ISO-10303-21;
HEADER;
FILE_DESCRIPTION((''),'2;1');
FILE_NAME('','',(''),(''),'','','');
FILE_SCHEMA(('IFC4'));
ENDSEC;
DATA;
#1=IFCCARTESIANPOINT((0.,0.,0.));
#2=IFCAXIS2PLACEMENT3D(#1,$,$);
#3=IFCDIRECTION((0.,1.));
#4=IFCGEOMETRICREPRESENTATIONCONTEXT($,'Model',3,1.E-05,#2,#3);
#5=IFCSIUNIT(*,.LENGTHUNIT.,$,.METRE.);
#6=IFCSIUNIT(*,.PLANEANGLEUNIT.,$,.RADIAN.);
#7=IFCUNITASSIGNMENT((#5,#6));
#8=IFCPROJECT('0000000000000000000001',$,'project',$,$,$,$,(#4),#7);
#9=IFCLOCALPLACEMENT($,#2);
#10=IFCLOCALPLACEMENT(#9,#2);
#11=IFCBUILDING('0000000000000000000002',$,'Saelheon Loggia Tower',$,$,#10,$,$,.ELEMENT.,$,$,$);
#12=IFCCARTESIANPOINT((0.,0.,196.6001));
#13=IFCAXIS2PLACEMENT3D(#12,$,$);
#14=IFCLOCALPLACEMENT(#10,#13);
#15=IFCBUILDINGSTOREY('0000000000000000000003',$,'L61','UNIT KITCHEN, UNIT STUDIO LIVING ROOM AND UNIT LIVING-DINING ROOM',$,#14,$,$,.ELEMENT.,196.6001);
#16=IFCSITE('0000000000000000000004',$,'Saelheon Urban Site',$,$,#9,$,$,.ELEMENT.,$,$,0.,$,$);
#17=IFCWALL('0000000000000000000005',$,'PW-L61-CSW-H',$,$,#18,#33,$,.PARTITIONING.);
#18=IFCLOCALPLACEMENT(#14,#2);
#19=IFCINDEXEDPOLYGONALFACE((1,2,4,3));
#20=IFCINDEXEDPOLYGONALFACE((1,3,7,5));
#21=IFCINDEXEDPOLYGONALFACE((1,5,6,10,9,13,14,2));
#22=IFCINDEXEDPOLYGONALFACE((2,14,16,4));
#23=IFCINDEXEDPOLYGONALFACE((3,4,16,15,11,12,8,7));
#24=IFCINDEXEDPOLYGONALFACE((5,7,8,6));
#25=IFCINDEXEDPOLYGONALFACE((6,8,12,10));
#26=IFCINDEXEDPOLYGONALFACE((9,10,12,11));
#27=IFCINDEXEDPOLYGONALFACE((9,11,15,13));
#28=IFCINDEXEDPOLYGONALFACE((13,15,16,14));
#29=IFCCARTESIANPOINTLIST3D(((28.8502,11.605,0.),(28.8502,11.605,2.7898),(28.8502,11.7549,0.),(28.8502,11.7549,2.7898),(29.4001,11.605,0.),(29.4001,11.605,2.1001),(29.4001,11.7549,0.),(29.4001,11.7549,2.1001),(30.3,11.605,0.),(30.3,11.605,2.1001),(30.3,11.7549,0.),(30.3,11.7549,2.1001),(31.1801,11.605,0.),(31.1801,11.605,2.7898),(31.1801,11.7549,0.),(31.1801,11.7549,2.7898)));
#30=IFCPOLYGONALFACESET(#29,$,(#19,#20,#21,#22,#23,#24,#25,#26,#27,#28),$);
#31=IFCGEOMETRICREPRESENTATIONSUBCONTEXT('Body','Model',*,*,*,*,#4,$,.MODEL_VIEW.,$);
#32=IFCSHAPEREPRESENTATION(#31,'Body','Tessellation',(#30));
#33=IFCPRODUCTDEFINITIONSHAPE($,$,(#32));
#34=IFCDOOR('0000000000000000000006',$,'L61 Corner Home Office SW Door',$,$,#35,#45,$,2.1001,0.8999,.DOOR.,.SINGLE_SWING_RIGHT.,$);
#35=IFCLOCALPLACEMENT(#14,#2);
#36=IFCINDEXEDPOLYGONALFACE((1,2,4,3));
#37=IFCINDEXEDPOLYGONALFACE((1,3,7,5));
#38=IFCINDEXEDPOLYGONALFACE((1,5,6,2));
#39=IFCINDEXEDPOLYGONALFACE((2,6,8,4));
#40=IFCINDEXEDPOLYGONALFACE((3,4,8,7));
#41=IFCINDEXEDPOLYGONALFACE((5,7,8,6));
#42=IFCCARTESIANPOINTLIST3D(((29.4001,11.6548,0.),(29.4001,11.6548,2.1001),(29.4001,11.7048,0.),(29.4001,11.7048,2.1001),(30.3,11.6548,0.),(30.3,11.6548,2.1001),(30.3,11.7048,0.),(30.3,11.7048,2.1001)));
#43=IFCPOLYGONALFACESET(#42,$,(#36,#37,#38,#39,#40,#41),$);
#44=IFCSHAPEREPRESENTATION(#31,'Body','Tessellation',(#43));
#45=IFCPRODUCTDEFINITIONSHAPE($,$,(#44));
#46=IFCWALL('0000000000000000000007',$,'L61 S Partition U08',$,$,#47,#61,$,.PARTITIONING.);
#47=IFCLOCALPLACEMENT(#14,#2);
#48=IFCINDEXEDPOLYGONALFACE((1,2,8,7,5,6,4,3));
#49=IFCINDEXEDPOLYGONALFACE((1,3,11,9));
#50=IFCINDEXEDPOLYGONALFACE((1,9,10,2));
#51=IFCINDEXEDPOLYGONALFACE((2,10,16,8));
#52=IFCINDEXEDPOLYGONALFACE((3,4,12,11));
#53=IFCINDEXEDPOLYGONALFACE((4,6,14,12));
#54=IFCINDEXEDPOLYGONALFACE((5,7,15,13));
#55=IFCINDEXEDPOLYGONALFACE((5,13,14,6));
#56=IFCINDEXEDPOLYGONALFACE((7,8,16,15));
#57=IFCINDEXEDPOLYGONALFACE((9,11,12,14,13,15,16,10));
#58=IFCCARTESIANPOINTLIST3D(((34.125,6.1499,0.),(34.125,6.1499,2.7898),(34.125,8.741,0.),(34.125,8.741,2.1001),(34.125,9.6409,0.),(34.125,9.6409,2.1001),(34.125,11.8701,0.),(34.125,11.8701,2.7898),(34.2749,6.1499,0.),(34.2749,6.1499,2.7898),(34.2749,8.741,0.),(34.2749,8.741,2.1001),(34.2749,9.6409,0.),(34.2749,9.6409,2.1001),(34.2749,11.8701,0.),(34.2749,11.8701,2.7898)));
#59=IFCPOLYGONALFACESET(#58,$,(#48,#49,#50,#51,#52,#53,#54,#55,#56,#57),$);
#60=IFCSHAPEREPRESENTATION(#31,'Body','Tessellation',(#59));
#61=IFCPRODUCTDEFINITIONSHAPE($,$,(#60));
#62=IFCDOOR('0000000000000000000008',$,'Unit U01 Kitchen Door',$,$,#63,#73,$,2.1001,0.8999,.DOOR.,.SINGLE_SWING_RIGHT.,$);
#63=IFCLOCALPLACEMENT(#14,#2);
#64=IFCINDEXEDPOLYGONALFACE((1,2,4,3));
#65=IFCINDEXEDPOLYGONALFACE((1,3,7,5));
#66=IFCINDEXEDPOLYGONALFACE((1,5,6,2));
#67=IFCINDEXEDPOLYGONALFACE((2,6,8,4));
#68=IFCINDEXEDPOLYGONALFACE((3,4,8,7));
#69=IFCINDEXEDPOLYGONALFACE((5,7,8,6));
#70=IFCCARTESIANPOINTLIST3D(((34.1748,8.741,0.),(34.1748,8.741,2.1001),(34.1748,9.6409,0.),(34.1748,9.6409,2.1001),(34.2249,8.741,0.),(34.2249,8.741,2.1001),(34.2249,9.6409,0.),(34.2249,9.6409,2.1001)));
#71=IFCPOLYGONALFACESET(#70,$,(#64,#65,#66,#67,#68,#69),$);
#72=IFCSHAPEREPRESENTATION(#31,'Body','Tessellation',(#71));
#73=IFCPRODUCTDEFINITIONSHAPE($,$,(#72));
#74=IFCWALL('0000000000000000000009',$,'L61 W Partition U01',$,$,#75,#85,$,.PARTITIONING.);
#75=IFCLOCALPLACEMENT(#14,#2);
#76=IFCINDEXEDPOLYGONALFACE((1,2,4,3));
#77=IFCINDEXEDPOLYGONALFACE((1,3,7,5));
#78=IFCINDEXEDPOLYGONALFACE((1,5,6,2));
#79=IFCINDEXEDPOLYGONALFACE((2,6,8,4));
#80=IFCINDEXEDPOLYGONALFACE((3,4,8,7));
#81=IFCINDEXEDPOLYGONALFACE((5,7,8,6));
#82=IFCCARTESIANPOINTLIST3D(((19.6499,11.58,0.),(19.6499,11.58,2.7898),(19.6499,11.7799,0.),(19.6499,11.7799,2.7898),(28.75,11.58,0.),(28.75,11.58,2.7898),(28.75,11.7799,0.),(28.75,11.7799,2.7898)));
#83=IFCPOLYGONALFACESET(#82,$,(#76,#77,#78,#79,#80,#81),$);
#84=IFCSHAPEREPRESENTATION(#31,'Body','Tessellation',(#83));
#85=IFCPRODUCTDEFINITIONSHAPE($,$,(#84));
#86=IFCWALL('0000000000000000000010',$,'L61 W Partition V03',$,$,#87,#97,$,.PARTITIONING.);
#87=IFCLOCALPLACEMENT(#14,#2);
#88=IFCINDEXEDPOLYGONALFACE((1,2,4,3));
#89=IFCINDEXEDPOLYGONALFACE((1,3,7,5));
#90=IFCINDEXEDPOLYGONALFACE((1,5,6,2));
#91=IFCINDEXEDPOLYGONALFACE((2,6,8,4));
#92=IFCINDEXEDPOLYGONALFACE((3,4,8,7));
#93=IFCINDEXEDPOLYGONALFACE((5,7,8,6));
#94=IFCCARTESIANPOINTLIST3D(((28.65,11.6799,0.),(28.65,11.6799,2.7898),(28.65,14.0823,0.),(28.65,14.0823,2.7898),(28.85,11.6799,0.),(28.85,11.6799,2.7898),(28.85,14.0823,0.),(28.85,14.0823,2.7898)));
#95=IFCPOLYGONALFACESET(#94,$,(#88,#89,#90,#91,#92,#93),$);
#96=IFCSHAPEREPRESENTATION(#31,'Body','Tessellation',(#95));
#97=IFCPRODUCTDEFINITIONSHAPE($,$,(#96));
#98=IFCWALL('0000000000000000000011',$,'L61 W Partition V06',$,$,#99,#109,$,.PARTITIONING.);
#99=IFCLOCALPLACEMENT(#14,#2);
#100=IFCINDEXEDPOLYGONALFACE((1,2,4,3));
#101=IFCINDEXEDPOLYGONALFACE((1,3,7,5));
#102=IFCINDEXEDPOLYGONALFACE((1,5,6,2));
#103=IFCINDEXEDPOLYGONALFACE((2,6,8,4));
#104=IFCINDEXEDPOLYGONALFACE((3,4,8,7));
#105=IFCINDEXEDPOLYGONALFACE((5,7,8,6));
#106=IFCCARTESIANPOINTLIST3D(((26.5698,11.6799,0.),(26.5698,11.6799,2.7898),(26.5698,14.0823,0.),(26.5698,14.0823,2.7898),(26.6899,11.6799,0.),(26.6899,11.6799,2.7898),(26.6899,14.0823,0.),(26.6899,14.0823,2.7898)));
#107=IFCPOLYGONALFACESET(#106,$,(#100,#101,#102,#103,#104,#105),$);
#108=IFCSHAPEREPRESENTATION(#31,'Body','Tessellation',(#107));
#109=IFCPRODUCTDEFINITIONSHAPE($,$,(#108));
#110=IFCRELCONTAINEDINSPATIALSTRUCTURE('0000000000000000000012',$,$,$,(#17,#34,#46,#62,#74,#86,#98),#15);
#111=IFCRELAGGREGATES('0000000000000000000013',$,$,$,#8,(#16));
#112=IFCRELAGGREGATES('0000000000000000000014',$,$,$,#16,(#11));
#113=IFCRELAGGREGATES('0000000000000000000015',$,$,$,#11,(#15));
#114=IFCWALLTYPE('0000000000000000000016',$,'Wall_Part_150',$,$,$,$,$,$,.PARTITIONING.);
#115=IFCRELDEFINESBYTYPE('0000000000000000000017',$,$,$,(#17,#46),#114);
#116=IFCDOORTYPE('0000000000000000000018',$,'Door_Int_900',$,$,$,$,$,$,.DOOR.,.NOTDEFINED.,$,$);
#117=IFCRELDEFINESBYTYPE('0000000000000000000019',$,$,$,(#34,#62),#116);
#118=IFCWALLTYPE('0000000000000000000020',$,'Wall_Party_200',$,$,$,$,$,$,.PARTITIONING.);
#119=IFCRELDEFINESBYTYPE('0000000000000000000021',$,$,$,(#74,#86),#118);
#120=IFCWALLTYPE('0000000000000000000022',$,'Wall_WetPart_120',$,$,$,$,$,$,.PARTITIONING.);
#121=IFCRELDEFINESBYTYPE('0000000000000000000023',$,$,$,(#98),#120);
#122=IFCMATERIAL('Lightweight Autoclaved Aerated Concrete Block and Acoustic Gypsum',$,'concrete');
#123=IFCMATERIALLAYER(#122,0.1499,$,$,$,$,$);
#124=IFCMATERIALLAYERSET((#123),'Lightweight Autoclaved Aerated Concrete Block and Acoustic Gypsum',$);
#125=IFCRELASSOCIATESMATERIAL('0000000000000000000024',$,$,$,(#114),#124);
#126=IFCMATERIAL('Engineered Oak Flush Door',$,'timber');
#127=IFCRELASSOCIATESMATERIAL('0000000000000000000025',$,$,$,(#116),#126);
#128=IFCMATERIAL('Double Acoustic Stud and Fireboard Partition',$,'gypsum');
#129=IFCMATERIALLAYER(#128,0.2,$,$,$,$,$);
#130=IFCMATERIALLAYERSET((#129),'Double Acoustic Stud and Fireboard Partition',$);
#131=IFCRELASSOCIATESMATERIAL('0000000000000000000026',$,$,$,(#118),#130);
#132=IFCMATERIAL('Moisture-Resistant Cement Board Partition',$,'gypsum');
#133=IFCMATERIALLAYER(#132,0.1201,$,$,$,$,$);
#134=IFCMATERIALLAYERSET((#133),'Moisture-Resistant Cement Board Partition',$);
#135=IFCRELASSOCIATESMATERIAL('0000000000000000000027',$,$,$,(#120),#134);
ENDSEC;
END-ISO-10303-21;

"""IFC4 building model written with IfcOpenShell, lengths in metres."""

from ifc_helpers import new_model, si_unit, direction, frame, frame_2d, origin, place, context, subcontext, project, spatial, rectangle, extrude, source, transform, mapped, material, layer, layer_set, type_object, element, fill, save


model = new_model("IFC4")

# Units and contexts
model_context = context("Model", 3, precision=1e-05, world=origin(), true_north=direction((0.0, 1.0)))
body_context = subcontext(model_context, "Body", "Model", "MODEL_VIEW")
ifc_project = project(units=[si_unit("LENGTHUNIT", "METRE"), si_unit("PLANEANGLEUNIT", "RADIAN")], contexts=[model_context])

# Site, building, storey
site_placement = place(None, origin())
site = spatial("IfcSite", under=ifc_project, at=site_placement, Name="Saelheon Urban Site", CompositionType="ELEMENT", RefElevation=0.0)
building_placement = place(site_placement, origin())
building = spatial("IfcBuilding", under=site, at=building_placement, Name="Saelheon Loggia Tower", CompositionType="ELEMENT")
storey_placement = place(building_placement, frame((0.0, 0.0, 196.6001)))
storey = spatial("IfcBuildingStorey", under=building, at=storey_placement, Name="L61", Description="UNIT KITCHEN, UNIT STUDIO LIVING ROOM AND UNIT LIVING-DINING ROOM", CompositionType="ELEMENT", Elevation=196.6001)

# Walls, openings, doors
ifc_material_1 = material(Name="Lightweight Autoclaved Aerated Concrete Block and Acoustic Gypsum", Category="concrete")
ifc_layer_1 = layer(ifc_material_1, 0.1499)
ifc_layer_set_1 = layer_set([ifc_layer_1], Name="Lightweight Autoclaved Aerated Concrete Block and Acoustic Gypsum")
wall_type_1 = type_object("IfcWallType", Name="Wall_Part_150", PredefinedType="PARTITIONING", material=ifc_layer_set_1)
wall_1_placement = place(storey_placement, frame((28.8501, 11.6799, 0.0), z_axis=(0.0, 0.0, 1.0), x_axis=(1.0, 0.0, 0.0)))
wall_1 = element("IfcWall", 1, at=wall_1_placement, inside=storey, type_object=wall_type_1, Name="PW-L61-CSW-H", PredefinedType="PARTITIONING", context=body_context, shape_type="SweptSolid", body=[
    extrude(rectangle(XDim=2.3298, YDim=0.1499, at=frame_2d((1.165, 0.0))), origin(), (0.0, 0.0, 1.0), 2.7898),
])
opening_1_placement = place(wall_1_placement, frame((0.55, 0.0, 0.0)))
opening_1 = element("IfcOpeningElement", 2, at=opening_1_placement, cuts=wall_1, PredefinedType="OPENING", context=body_context, shape_type="SweptSolid", body=[
    extrude(rectangle(XDim=0.8999, YDim=2.1001, at=frame_2d((0.45, 1.05))), frame((0.0, 0.0869, 0.0), z_axis=(0.0, -1.0, 0.0), x_axis=(1.0, 0.0, 0.0)), (0.0, 0.0, 1.0), 0.1738),
])
ifc_material_2 = material(Name="Engineered Oak Flush Door", Category="timber")
door_type = type_object("IfcDoorType", Name="Door_Int_900", OperationType="NOTDEFINED", PredefinedType="DOOR", material=ifc_material_2)
shared_shape_1 = source(origin(), body_context, "Body", "SweptSolid", [
    extrude(rectangle(XDim=0.8999, YDim=2.1001, at=frame_2d((0.45, 1.05))), frame((0.0, 0.0249, 0.0), z_axis=(0.0, -1.0, 0.0), x_axis=(1.0, 0.0, 0.0)), (0.0, 0.0, 1.0), 0.05),
])
door_1_placement = place(opening_1_placement, origin())
door_1 = element("IfcDoor", 3, at=door_1_placement, inside=storey, type_object=door_type, Name="L61 Corner Home Office SW Door", OperationType="SINGLE_SWING_RIGHT", OverallHeight=2.1001, OverallWidth=0.8999, PredefinedType="DOOR", context=body_context, shape_type="MappedRepresentation", body=[
    mapped(shared_shape_1, transform((0.0, 0.0, 0.0), scale=1.0)),
])
fill(opening_1, door_1)
wall_2_placement = place(storey_placement, frame((34.2, 11.8701, 0.0), z_axis=(0.0, 0.0, 1.0), x_axis=(0.0, -1.0, 0.0)))
wall_2 = element("IfcWall", 4, at=wall_2_placement, inside=storey, type_object=wall_type_1, Name="L61 S Partition U08", PredefinedType="PARTITIONING", context=body_context, shape_type="SweptSolid", body=[
    extrude(rectangle(XDim=5.7202, YDim=0.1499, at=frame_2d((2.8601, 0.0))), origin(), (0.0, 0.0, 1.0), 2.7898),
])
opening_2_placement = place(wall_2_placement, frame((2.2292, 0.0, 0.0)))
opening_2 = element("IfcOpeningElement", 5, at=opening_2_placement, cuts=wall_2, PredefinedType="OPENING", context=body_context, shape_type="SweptSolid", body=[
    extrude(rectangle(XDim=0.8999, YDim=2.1001, at=frame_2d((0.45, 1.05))), frame((0.0, 0.0869, 0.0), z_axis=(0.0, -1.0, 0.0), x_axis=(1.0, 0.0, 0.0)), (0.0, 0.0, 1.0), 0.1738),
])
door_2_placement = place(opening_2_placement, origin())
door_2 = element("IfcDoor", 6, at=door_2_placement, inside=storey, type_object=door_type, Name="Unit U01 Kitchen Door", OperationType="SINGLE_SWING_RIGHT", OverallHeight=2.1001, OverallWidth=0.8999, PredefinedType="DOOR", context=body_context, shape_type="MappedRepresentation", body=[
    mapped(shared_shape_1, transform((0.0, 0.0, 0.0), scale=1.0)),
])
fill(opening_2, door_2)

# Walls
ifc_material_3 = material(Name="Double Acoustic Stud and Fireboard Partition", Category="gypsum")
ifc_layer_2 = layer(ifc_material_3, 0.2)
ifc_layer_set_2 = layer_set([ifc_layer_2], Name="Double Acoustic Stud and Fireboard Partition")
wall_type_2 = type_object("IfcWallType", Name="Wall_Party_200", PredefinedType="PARTITIONING", material=ifc_layer_set_2)
wall_3_placement = place(storey_placement, frame((28.75, 11.6799, 0.0), z_axis=(0.0, 0.0, 1.0), x_axis=(-1.0, 0.0, 0.0)))
element("IfcWall", 7, at=wall_3_placement, inside=storey, type_object=wall_type_2, Name="L61 W Partition U01", PredefinedType="PARTITIONING", context=body_context, shape_type="SweptSolid", body=[
    extrude(rectangle(XDim=9.1001, YDim=0.2, at=frame_2d((4.55, 0.0))), origin(), (0.0, 0.0, 1.0), 2.7898),
])
wall_4_placement = place(storey_placement, frame((28.75, 11.6799, 0.0), z_axis=(0.0, 0.0, 1.0), x_axis=(0.0, 1.0, 0.0)))
element("IfcWall", 8, at=wall_4_placement, inside=storey, type_object=wall_type_2, Name="L61 W Partition V03", PredefinedType="PARTITIONING", context=body_context, shape_type="SweptSolid", body=[
    extrude(rectangle(XDim=2.4023, YDim=0.2, at=frame_2d((1.2012, 0.0))), origin(), (0.0, 0.0, 1.0), 2.7898),
])
ifc_material_4 = material(Name="Moisture-Resistant Cement Board Partition", Category="gypsum")
ifc_layer_3 = layer(ifc_material_4, 0.1201)
ifc_layer_set_3 = layer_set([ifc_layer_3], Name="Moisture-Resistant Cement Board Partition")
wall_type_3 = type_object("IfcWallType", Name="Wall_WetPart_120", PredefinedType="PARTITIONING", material=ifc_layer_set_3)
wall_5_placement = place(storey_placement, frame((26.6299, 11.6799, 0.0), z_axis=(0.0, 0.0, 1.0), x_axis=(0.0, 1.0, 0.0)))
element("IfcWall", 9, at=wall_5_placement, inside=storey, type_object=wall_type_3, Name="L61 W Partition V06", PredefinedType="PARTITIONING", context=body_context, shape_type="SweptSolid", body=[
    extrude(rectangle(XDim=2.4023, YDim=0.1201, at=frame_2d((1.2012, 0.0))), origin(), (0.0, 0.0, 1.0), 2.7898),
])

save(model, "model.ifc")
